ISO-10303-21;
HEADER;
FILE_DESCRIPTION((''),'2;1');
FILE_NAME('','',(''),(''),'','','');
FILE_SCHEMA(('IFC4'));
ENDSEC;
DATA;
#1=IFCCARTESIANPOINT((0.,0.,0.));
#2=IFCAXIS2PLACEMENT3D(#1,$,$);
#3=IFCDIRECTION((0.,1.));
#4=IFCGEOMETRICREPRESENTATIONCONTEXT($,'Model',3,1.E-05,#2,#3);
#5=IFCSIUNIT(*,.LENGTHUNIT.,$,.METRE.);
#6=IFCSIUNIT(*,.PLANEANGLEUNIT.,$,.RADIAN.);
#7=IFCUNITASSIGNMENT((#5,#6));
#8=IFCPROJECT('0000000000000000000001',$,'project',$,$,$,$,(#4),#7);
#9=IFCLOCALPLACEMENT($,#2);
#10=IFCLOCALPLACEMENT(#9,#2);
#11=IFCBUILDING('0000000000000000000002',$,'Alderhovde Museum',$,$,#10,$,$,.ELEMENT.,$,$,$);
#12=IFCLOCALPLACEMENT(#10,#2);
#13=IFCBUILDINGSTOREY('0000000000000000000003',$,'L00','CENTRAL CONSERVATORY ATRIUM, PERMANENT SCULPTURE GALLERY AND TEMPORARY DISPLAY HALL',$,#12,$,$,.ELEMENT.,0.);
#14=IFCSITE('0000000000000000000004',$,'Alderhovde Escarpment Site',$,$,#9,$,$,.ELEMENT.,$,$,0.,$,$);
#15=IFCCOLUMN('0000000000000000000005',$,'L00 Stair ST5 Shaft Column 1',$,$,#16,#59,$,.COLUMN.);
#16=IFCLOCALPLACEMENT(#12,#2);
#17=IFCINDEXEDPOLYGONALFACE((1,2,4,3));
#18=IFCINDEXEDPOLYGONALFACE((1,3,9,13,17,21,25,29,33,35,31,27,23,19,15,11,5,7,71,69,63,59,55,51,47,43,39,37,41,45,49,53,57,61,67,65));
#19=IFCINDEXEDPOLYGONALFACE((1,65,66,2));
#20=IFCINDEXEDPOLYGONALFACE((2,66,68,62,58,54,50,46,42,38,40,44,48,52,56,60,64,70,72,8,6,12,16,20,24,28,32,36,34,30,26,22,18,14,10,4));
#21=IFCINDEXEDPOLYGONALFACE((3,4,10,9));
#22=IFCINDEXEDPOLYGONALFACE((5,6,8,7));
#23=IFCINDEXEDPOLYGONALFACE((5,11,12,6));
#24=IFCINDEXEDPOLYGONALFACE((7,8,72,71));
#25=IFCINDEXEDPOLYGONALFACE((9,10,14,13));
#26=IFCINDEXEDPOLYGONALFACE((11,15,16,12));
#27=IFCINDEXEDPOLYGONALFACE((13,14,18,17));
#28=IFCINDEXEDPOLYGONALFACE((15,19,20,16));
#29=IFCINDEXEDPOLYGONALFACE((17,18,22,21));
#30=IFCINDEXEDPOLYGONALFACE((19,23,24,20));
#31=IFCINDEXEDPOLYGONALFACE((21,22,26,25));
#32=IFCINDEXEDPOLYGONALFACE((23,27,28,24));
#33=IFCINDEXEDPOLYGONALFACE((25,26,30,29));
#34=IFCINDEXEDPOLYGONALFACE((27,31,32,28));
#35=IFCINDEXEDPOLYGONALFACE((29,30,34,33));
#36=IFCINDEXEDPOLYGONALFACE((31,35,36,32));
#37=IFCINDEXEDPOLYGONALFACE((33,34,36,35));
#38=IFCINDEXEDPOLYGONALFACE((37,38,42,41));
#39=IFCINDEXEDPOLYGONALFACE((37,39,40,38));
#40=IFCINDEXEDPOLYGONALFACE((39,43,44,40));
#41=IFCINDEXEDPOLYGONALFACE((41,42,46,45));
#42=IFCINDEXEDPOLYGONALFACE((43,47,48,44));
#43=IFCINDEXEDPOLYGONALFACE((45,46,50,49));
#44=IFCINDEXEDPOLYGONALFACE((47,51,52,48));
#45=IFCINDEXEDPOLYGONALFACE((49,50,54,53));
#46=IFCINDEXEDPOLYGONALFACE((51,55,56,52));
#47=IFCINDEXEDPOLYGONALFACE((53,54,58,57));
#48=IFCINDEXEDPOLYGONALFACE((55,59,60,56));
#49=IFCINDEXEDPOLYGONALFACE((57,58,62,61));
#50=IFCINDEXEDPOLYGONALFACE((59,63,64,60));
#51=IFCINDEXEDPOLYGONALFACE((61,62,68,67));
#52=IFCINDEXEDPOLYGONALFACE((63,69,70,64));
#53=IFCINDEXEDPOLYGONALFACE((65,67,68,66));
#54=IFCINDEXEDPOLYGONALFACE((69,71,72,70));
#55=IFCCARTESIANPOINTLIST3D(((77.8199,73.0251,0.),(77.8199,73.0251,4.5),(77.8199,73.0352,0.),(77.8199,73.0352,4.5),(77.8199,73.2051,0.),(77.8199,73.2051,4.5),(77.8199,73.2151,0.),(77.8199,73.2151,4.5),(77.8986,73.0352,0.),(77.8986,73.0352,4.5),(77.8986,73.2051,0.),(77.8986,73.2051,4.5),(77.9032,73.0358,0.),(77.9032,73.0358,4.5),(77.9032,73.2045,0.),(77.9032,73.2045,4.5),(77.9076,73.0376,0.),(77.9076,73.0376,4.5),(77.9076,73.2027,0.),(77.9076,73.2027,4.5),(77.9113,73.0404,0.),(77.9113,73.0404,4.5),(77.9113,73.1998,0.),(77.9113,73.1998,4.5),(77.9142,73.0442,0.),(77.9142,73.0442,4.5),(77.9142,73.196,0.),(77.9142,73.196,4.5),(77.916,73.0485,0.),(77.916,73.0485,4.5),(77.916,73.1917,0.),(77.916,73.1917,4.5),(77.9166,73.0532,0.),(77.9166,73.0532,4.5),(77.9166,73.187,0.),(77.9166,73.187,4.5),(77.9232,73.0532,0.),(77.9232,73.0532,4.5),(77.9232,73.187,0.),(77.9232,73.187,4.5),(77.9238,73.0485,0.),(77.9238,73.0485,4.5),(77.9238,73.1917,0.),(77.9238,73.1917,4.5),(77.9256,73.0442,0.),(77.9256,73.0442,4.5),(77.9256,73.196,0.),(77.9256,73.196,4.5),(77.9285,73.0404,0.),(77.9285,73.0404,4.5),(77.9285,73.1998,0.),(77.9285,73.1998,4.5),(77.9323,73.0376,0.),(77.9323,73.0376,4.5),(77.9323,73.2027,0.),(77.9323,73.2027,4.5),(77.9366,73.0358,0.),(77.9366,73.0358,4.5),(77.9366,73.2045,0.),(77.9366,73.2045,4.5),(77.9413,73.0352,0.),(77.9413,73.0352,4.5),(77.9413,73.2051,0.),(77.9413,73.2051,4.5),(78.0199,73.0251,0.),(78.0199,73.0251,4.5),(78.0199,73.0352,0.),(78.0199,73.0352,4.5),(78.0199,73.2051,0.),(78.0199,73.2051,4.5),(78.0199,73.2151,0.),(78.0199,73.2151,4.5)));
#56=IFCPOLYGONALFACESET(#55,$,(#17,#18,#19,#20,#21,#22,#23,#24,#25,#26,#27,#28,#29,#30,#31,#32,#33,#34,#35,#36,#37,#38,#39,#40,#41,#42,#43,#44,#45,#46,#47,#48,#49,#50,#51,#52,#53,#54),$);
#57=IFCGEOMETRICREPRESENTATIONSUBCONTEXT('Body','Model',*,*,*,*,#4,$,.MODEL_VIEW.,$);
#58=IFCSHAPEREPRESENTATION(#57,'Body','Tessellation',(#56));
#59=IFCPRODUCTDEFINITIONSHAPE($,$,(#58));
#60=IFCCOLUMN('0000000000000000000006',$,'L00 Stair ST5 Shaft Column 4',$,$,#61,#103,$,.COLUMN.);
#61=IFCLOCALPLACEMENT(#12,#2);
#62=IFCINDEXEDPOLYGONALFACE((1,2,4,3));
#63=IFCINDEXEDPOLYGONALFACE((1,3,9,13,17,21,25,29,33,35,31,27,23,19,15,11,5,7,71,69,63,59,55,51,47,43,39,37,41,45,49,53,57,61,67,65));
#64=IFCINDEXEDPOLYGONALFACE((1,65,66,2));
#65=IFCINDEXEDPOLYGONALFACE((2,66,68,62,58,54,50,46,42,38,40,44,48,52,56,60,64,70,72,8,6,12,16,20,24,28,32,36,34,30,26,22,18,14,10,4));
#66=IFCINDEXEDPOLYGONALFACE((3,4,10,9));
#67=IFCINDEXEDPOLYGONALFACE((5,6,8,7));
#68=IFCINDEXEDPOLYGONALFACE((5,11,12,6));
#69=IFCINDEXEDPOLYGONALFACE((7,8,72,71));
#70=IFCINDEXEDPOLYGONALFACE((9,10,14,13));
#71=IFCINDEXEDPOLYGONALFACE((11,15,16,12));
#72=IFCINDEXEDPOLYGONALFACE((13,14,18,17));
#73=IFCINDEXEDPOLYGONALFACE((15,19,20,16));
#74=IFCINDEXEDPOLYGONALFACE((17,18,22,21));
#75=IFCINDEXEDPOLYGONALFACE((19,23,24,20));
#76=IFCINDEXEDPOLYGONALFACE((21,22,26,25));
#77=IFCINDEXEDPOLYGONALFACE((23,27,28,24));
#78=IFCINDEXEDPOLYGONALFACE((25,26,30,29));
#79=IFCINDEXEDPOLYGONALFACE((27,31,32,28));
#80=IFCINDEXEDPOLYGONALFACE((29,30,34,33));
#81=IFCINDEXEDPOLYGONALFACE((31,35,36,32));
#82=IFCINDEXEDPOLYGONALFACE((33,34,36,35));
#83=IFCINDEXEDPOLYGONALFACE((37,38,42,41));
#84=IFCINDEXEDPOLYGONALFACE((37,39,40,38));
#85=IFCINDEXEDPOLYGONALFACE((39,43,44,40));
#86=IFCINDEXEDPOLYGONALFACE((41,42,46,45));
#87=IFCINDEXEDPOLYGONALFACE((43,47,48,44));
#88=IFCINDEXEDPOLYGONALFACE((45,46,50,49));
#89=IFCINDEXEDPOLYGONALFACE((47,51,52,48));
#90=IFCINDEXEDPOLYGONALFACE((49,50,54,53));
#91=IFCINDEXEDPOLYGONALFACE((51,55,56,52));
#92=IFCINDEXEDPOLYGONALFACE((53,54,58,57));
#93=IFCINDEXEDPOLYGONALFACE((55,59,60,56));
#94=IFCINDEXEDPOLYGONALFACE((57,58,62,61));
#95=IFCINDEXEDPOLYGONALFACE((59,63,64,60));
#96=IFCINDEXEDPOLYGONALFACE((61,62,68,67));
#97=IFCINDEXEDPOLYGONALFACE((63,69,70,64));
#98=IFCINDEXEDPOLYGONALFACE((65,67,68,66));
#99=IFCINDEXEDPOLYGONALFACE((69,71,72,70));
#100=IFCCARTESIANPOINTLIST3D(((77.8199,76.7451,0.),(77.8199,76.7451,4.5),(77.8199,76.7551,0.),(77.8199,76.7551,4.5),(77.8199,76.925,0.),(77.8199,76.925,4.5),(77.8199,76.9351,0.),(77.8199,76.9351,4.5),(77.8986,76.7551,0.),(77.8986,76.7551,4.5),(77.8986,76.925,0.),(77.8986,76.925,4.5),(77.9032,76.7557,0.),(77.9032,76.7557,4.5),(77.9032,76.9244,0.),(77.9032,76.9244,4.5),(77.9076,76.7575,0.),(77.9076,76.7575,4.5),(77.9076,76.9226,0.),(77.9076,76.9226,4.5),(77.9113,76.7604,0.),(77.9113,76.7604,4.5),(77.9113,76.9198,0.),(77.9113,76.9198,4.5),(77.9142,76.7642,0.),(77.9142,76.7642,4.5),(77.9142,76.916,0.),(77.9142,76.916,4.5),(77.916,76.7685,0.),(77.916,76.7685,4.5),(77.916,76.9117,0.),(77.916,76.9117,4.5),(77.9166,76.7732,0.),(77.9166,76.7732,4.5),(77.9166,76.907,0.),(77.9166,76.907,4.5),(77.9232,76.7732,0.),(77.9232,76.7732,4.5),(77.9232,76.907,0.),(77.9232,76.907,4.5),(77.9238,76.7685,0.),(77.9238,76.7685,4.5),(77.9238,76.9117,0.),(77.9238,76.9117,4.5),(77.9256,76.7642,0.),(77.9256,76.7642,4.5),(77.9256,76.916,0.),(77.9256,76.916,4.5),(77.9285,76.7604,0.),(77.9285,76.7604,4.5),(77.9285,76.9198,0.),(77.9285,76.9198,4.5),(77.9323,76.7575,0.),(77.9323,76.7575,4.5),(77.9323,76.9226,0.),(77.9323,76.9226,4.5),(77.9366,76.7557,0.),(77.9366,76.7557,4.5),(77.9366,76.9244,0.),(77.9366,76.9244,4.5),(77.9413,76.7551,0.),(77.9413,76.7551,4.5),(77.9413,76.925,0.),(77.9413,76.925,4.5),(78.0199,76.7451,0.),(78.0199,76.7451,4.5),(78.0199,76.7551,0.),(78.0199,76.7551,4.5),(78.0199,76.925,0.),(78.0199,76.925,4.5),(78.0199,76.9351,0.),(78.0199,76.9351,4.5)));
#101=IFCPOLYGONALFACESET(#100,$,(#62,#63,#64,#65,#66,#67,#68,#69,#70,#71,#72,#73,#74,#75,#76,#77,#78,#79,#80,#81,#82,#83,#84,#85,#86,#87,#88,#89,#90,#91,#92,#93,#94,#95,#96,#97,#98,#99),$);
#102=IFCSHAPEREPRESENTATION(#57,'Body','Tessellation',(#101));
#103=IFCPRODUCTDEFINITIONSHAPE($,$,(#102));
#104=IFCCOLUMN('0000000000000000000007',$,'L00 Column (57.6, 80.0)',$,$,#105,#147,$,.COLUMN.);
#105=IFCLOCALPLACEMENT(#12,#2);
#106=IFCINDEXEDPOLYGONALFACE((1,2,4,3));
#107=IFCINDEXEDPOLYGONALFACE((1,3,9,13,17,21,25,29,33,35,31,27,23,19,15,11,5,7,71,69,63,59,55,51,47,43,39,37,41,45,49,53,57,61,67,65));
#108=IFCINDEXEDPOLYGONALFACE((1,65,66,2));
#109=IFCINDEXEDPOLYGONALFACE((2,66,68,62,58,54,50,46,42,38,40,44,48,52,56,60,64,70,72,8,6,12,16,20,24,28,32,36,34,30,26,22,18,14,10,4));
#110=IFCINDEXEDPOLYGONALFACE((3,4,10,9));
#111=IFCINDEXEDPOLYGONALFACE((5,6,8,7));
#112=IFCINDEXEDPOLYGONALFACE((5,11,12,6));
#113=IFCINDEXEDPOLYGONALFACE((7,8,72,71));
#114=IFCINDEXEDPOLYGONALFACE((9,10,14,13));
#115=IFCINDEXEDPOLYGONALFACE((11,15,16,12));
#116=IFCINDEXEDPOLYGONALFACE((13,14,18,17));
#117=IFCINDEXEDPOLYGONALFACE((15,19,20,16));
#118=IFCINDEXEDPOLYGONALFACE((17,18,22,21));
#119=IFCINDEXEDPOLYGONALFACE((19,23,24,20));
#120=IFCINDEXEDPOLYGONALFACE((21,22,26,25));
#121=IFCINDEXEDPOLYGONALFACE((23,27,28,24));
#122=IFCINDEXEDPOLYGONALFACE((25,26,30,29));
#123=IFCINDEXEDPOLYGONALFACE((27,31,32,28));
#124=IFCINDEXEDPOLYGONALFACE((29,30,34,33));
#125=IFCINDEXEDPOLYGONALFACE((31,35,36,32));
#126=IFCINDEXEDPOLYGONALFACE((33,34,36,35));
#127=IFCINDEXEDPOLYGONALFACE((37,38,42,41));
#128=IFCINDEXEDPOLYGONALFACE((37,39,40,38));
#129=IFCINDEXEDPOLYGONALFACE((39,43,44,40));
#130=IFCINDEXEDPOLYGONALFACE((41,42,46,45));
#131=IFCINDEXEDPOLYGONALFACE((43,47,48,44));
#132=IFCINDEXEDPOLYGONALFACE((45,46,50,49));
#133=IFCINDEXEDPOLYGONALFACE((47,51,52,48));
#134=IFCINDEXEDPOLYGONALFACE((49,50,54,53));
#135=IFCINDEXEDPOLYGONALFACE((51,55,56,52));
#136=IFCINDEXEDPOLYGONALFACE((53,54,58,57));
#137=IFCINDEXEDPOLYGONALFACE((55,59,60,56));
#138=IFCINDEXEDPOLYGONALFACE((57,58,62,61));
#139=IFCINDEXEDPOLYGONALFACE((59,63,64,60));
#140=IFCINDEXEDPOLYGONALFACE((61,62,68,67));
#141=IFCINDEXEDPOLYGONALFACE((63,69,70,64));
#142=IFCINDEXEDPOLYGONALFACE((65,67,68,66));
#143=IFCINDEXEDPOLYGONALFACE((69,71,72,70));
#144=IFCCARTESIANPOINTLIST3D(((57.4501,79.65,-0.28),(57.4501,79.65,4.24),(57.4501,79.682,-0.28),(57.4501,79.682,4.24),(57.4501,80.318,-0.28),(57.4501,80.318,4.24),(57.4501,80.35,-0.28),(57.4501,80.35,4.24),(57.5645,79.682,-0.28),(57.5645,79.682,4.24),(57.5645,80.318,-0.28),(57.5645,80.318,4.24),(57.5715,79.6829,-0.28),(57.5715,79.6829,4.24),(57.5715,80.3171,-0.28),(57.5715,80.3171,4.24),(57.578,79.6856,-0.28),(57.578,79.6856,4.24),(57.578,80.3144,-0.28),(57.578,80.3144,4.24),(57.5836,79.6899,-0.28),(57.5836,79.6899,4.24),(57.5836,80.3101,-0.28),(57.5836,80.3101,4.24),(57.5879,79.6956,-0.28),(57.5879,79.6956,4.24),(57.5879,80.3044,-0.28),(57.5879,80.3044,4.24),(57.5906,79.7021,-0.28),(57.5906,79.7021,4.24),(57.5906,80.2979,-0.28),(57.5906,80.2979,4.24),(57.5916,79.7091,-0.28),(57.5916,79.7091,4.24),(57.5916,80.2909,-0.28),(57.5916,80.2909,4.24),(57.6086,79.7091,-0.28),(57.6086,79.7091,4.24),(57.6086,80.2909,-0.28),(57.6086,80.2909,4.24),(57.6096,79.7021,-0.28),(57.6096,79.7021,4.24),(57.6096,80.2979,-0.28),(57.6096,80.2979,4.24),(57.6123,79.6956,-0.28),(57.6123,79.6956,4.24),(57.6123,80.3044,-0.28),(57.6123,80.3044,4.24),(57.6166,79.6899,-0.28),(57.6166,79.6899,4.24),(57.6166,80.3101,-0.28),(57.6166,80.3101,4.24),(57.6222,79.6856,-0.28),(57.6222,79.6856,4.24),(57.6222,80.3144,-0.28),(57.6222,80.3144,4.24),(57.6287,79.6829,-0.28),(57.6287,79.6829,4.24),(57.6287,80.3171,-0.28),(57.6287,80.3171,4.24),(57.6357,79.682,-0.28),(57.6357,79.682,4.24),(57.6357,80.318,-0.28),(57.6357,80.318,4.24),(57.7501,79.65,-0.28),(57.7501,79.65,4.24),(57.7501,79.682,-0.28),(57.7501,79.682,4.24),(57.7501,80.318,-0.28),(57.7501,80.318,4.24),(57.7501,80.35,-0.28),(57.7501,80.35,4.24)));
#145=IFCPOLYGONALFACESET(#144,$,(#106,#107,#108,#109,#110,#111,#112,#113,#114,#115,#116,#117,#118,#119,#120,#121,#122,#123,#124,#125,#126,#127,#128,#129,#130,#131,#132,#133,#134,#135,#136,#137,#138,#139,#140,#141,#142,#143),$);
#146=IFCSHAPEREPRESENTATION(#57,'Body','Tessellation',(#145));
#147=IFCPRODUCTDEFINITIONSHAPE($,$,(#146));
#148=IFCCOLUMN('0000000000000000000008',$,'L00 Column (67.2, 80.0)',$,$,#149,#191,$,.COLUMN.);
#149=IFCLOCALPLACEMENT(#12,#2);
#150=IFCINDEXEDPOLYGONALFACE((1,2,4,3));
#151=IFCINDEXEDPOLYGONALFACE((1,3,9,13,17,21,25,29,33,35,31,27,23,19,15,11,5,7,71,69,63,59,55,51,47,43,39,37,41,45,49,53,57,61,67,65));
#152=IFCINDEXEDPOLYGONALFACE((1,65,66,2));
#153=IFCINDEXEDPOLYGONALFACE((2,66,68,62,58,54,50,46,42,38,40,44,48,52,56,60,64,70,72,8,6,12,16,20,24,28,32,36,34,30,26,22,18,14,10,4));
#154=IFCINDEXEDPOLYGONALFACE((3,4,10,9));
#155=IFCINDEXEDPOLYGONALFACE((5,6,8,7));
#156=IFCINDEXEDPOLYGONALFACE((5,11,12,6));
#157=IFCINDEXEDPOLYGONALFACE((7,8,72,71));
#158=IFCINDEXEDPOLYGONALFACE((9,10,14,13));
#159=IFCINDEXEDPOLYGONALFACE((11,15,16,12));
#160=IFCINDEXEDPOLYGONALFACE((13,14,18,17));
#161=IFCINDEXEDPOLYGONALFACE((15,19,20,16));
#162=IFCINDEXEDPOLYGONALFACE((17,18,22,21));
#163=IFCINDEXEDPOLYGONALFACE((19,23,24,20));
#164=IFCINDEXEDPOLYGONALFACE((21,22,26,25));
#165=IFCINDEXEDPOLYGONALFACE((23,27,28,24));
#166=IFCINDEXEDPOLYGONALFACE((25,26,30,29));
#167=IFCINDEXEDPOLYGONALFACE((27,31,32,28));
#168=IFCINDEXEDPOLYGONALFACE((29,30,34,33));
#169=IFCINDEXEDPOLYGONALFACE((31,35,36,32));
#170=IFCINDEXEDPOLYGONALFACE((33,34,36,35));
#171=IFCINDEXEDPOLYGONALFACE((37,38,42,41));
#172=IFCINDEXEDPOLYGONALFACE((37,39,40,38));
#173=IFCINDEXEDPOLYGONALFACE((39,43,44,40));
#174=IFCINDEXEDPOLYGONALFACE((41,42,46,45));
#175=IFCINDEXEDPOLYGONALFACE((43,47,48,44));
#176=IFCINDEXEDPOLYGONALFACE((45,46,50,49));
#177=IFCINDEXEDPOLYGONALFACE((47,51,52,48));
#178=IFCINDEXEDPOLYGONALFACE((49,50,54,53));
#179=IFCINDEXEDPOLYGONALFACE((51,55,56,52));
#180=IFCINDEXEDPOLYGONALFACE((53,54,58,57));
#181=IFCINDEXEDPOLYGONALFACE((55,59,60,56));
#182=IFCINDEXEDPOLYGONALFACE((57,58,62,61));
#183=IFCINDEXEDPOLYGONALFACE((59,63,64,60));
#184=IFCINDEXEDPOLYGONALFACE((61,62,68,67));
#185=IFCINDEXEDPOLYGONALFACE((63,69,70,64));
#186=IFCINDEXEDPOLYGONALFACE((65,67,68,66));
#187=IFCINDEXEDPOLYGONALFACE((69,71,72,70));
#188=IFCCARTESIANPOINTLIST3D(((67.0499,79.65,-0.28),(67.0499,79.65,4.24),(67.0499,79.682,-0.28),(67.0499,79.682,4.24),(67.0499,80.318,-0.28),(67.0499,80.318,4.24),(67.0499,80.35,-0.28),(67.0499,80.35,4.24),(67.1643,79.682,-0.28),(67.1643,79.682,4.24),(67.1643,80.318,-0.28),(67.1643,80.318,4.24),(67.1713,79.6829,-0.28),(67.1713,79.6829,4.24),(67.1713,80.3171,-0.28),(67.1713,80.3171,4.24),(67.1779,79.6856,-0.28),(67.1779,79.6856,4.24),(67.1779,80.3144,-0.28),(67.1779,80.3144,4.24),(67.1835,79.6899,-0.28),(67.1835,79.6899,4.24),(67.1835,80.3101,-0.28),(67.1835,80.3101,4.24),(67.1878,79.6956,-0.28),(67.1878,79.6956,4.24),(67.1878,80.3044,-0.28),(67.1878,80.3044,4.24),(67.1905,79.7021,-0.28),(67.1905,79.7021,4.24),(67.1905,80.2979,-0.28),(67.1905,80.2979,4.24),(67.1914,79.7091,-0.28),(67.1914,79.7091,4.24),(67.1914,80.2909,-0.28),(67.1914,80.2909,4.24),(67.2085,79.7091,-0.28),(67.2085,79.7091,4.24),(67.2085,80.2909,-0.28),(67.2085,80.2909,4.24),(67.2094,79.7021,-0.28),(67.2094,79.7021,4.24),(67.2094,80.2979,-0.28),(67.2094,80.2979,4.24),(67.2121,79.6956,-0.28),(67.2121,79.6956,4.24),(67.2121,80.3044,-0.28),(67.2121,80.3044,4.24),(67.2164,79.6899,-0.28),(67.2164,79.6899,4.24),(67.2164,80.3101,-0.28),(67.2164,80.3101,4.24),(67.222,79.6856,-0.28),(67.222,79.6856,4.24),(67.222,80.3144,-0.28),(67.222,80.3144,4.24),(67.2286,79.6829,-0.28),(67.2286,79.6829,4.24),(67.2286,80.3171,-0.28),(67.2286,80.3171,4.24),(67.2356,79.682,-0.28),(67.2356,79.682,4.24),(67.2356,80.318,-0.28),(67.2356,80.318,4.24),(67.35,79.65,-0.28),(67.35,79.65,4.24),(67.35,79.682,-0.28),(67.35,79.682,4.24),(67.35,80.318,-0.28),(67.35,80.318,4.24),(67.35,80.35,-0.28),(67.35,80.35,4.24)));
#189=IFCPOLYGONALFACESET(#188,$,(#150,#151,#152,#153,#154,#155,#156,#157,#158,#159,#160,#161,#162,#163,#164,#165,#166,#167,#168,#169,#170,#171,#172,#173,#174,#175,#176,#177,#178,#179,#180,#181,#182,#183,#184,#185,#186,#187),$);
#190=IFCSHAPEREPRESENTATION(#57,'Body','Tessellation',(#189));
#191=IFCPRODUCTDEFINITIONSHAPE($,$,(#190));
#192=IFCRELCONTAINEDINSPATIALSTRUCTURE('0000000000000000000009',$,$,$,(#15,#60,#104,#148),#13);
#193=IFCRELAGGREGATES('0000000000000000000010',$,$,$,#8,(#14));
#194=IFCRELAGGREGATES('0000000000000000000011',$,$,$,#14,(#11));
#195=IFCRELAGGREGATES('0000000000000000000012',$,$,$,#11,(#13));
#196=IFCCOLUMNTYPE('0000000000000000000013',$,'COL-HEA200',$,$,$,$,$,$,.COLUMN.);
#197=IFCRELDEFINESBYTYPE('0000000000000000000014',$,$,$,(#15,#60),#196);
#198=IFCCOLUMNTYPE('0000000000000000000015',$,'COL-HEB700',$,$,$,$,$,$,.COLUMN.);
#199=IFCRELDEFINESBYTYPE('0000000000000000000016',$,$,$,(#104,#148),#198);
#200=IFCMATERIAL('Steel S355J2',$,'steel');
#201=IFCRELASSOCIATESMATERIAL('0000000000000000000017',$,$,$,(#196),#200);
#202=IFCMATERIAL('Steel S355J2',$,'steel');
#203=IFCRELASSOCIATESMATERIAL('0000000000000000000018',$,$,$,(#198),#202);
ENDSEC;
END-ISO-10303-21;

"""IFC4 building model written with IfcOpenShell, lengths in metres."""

from ifc_helpers import new_model, si_unit, direction, frame, origin, origin_2d, place, context, subcontext, project, spatial, i_section, extrude, material, material_profile, profile_set, type_object, element, save


model = new_model("IFC4")

# Units and contexts
model_context = context("Model", 3, precision=1e-05, world=origin(), true_north=direction((0.0, 1.0)))
body_context = subcontext(model_context, "Body", "Model", "MODEL_VIEW")
ifc_project = project(units=[si_unit("LENGTHUNIT", "METRE"), si_unit("PLANEANGLEUNIT", "RADIAN")], contexts=[model_context])

# Site, building, storey
site_placement = place(None, origin())
site = spatial("IfcSite", under=ifc_project, at=site_placement, Name="Alderhovde Escarpment Site", CompositionType="ELEMENT", RefElevation=0.0)
building_placement = place(site_placement, origin())
building = spatial("IfcBuilding", under=site, at=building_placement, Name="Alderhovde Museum", CompositionType="ELEMENT")
storey_placement = place(building_placement, origin())
storey = spatial("IfcBuildingStorey", under=building, at=storey_placement, Name="L00", Description="CENTRAL CONSERVATORY ATRIUM, PERMANENT SCULPTURE GALLERY AND TEMPORARY DISPLAY HALL", CompositionType="ELEMENT", Elevation=0.0)

# Columns
ifc_material_1 = material(Name="Steel S355J2", Category="steel")
ifc_material_profile_1 = material_profile(ifc_material_1, i_section(OverallWidth=0.2, OverallDepth=0.1899, WebThickness=0.0066, FlangeThickness=0.01, FilletRadius=0.0181, at=origin_2d()), Name="HEA 200")
ifc_profile_set_1 = profile_set([ifc_material_profile_1], Name="Steel S355J2")
column_type_1 = type_object("IfcColumnType", Name="COL-HEA200", PredefinedType="COLUMN", material=ifc_profile_set_1)
for number, where, z_axis, x_axis, name in (
    (1, (77.9199, 73.1201, 0.0), (0.0, 0.0, 1.0), (1.0, 0.0, 0.0), "L00 Stair ST5 Shaft Column 1"),
    (2, (77.9199, 76.8401, 0.0), (0.0, 0.0, 1.0), (1.0, 0.0, 0.0), "L00 Stair ST5 Shaft Column 4"),
):
    element("IfcColumn", number, at=place(storey_placement, frame(where, z_axis=z_axis, x_axis=x_axis)), inside=storey, type_object=column_type_1, Name=name, PredefinedType="COLUMN", context=body_context, shape_type="SweptSolid", body=[
        extrude(i_section(OverallWidth=0.2, OverallDepth=0.1899, WebThickness=0.0066, FlangeThickness=0.01, FilletRadius=0.0181, at=origin_2d()), origin(), (0.0, 0.0, 1.0), 4.5),
    ])
ifc_material_2 = material(Name="Steel S355J2", Category="steel")
ifc_material_profile_2 = material_profile(ifc_material_2, i_section(OverallWidth=0.3, OverallDepth=0.7, WebThickness=0.0171, FlangeThickness=0.032, FilletRadius=0.0271, at=origin_2d()), Name="HEB 700")
ifc_profile_set_2 = profile_set([ifc_material_profile_2], Name="Steel S355J2")
column_type_2 = type_object("IfcColumnType", Name="COL-HEB700", PredefinedType="COLUMN", material=ifc_profile_set_2)
for number, where, z_axis, x_axis, name in (
    (3, (57.6001, 80.0, -0.28), (0.0, 0.0, 1.0), (1.0, 0.0, 0.0), "L00 Column (57.6, 80.0)"),
    (4, (67.2, 80.0, -0.28), (0.0, 0.0, 1.0), (1.0, 0.0, 0.0), "L00 Column (67.2, 80.0)"),
):
    element("IfcColumn", number, at=place(storey_placement, frame(where, z_axis=z_axis, x_axis=x_axis)), inside=storey, type_object=column_type_2, Name=name, PredefinedType="COLUMN", context=body_context, shape_type="SweptSolid", body=[
        extrude(i_section(OverallWidth=0.3, OverallDepth=0.7, WebThickness=0.0171, FlangeThickness=0.032, FilletRadius=0.0271, at=origin_2d()), origin(), (0.0, 0.0, 1.0), 4.52),
    ])

save(model, "model.ifc")
